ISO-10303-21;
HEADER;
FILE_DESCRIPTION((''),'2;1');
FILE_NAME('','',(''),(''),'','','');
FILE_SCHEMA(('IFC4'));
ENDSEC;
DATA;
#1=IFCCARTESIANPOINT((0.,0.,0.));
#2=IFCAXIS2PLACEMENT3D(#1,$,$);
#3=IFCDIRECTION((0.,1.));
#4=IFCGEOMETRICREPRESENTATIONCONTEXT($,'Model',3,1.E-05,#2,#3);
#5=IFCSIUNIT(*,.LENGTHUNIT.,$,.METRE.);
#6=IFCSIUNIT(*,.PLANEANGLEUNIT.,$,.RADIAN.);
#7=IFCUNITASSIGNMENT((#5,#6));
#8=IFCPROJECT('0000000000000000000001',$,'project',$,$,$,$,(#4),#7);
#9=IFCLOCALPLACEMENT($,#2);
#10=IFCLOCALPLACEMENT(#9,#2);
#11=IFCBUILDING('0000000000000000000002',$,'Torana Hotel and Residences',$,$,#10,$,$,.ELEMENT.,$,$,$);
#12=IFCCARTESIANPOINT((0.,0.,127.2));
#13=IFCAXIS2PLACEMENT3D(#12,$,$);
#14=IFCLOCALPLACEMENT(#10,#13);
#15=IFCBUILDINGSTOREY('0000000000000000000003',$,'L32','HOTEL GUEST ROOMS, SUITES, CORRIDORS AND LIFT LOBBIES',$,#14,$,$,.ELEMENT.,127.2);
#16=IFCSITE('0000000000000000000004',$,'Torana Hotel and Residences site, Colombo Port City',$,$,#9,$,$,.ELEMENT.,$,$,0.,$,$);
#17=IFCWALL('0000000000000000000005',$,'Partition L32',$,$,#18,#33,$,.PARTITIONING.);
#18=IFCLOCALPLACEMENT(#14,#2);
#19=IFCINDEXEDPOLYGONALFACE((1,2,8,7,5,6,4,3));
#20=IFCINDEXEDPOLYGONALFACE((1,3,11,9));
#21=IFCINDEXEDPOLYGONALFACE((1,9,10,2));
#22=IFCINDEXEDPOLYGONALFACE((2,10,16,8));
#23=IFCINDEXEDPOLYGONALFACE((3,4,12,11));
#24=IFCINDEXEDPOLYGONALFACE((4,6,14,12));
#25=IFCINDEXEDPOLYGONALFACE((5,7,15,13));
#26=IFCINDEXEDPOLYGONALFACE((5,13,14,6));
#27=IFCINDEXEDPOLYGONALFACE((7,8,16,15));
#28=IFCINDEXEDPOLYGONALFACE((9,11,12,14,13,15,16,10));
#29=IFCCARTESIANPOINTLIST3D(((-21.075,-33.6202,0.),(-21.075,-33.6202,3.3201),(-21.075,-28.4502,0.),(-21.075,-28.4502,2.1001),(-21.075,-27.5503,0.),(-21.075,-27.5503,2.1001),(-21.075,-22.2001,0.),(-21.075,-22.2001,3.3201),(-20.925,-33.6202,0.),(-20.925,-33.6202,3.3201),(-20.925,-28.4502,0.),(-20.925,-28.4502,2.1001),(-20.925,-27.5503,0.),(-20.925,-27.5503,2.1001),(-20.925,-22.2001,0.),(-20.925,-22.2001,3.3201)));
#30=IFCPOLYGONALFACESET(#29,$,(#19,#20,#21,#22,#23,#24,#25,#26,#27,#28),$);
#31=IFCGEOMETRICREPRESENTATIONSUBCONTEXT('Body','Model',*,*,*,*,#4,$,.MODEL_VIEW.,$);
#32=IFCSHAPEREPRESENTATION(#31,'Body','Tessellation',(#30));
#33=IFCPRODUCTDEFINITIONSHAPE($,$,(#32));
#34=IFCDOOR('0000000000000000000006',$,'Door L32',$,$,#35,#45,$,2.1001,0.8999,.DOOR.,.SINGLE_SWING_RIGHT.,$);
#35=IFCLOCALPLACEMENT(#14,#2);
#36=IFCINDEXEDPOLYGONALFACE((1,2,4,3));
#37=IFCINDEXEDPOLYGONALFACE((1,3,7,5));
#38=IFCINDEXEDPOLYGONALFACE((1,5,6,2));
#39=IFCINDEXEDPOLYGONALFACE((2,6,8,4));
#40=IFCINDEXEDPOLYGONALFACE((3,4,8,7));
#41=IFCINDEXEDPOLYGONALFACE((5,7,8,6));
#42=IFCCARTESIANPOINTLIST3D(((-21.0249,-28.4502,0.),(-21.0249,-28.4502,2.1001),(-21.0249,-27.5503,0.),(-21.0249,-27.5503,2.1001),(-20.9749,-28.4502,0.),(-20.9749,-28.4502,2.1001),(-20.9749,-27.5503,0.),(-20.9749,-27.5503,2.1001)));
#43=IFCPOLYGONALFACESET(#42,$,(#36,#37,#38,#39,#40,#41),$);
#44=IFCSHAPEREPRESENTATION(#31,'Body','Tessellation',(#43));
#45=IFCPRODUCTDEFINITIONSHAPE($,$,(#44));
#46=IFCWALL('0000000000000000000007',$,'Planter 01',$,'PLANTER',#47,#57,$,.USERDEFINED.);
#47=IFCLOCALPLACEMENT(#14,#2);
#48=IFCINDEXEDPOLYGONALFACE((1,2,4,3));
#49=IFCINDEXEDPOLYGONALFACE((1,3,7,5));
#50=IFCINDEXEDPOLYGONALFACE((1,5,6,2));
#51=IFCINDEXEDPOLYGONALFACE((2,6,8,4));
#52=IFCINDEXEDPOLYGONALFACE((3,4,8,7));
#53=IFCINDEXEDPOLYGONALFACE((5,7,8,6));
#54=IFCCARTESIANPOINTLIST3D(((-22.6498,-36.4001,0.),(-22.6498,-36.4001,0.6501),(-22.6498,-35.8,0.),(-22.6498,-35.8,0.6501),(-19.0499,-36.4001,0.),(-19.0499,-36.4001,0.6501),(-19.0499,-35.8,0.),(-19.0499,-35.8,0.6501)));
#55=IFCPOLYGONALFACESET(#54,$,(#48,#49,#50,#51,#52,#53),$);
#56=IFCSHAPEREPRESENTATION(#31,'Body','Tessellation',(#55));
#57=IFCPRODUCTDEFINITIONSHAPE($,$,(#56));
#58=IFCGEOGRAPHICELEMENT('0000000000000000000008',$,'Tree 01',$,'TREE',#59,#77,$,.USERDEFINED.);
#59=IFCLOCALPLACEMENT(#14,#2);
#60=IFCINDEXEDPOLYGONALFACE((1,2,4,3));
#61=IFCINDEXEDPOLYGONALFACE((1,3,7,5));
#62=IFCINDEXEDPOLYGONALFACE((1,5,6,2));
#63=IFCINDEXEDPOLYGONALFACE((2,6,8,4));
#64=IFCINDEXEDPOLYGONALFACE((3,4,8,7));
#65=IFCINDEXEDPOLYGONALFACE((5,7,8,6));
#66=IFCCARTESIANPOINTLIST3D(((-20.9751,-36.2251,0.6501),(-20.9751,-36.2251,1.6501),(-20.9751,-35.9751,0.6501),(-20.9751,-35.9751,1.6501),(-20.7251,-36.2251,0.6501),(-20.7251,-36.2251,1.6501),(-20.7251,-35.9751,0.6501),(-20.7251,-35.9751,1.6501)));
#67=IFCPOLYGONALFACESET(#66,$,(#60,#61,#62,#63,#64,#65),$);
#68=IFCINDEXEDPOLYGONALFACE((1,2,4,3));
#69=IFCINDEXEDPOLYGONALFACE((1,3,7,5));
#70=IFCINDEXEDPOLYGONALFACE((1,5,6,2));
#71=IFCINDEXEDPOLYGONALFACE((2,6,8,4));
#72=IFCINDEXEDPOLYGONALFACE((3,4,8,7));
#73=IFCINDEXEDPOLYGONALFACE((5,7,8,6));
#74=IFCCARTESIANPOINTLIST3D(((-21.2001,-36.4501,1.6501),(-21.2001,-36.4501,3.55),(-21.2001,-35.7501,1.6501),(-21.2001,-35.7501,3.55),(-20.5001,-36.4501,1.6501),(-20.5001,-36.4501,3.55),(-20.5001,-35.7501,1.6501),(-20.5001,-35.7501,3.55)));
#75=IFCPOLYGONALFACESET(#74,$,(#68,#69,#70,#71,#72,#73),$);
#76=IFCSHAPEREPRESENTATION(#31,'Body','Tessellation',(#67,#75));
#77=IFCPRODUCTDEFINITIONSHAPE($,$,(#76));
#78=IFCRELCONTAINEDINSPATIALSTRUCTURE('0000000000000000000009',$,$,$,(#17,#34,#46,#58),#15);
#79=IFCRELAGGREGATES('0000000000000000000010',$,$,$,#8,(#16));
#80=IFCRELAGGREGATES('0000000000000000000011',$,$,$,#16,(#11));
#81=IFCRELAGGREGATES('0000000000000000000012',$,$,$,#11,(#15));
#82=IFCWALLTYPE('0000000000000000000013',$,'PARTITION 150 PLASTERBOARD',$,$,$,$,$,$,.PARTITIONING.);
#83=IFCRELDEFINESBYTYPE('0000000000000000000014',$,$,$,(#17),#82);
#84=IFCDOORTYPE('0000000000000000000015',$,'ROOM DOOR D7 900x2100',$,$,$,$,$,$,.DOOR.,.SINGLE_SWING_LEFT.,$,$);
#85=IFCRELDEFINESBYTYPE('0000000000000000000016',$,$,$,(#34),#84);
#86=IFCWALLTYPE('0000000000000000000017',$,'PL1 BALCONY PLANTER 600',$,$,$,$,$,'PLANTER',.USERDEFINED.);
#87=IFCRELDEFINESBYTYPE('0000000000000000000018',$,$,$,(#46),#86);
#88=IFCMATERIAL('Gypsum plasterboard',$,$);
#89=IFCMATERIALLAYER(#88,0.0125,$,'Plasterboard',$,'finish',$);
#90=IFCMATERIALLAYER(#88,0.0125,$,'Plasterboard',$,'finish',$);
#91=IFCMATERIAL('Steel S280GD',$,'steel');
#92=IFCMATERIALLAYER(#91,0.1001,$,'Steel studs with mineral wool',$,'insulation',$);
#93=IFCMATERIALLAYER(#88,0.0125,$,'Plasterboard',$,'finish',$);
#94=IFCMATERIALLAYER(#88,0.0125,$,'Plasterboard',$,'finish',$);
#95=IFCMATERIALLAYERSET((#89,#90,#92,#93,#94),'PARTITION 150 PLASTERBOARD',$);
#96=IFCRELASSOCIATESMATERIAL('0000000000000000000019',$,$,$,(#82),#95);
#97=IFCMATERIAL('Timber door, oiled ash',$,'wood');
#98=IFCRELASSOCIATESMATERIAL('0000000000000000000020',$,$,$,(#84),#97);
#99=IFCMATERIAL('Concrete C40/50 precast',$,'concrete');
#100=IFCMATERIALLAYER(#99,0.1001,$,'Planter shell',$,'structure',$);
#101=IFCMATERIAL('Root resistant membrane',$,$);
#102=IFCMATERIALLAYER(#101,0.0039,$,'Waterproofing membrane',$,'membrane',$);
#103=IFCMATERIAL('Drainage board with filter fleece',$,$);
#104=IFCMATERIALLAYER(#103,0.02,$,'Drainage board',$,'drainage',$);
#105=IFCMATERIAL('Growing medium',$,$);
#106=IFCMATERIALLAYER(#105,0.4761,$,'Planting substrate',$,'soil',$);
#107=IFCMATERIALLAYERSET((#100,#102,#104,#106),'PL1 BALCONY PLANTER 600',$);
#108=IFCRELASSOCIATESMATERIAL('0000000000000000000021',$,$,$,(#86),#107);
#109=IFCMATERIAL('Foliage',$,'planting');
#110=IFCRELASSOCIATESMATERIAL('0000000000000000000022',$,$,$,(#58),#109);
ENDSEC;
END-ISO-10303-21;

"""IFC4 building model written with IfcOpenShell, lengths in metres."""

from ifc_helpers import new_model, si_unit, direction, frame, frame_2d, origin, origin_2d, place, context, subcontext, project, spatial, rectangle, extrude, material, layer, layer_set, type_object, element, fill, save


model = new_model("IFC4")

# Units and contexts
model_context = context("Model", 3, precision=1e-05, world=origin(), true_north=direction((0.0, 1.0)))
body_context = subcontext(model_context, "Body", "Model", "MODEL_VIEW")
ifc_project = project(units=[si_unit("LENGTHUNIT", "METRE"), si_unit("PLANEANGLEUNIT", "RADIAN")], contexts=[model_context])

# Site, building, storey
site_placement = place(None, origin())
site = spatial("IfcSite", under=ifc_project, at=site_placement, Name="Torana Hotel and Residences site, Colombo Port City", CompositionType="ELEMENT", RefElevation=0.0)
building_placement = place(site_placement, origin())
building = spatial("IfcBuilding", under=site, at=building_placement, Name="Torana Hotel and Residences", CompositionType="ELEMENT")
storey_placement = place(building_placement, frame((0.0, 0.0, 127.2)))
storey = spatial("IfcBuildingStorey", under=building, at=storey_placement, Name="L32", Description="HOTEL GUEST ROOMS, SUITES, CORRIDORS AND LIFT LOBBIES", CompositionType="ELEMENT", Elevation=127.2)

# Shared definitions
ifc_material_1 = material(Name="Steel S280GD", Category="steel")

# Wall, opening, door
ifc_material_2 = material(Name="Gypsum plasterboard")
ifc_layer_1 = layer(ifc_material_2, 0.0125, Name="Plasterboard", Category="finish")
ifc_layer_2 = layer(ifc_material_2, 0.0125, Name="Plasterboard", Category="finish")
ifc_layer_3 = layer(ifc_material_1, 0.1001, Name="Steel studs with mineral wool", Category="insulation")
ifc_layer_4 = layer(ifc_material_2, 0.0125, Name="Plasterboard", Category="finish")
ifc_layer_5 = layer(ifc_material_2, 0.0125, Name="Plasterboard", Category="finish")
ifc_layer_set_1 = layer_set([ifc_layer_1, ifc_layer_2, ifc_layer_3, ifc_layer_4, ifc_layer_5], Name="PARTITION 150 PLASTERBOARD")
wall_type_1 = type_object("IfcWallType", Name="PARTITION 150 PLASTERBOARD", PredefinedType="PARTITIONING", material=ifc_layer_set_1)
wall_1_placement = place(storey_placement, frame((-21.0, -33.6201, 0.0), z_axis=(0.0, 0.0, 1.0), x_axis=(0.0, 1.0, 0.0)))
wall_1 = element("IfcWall", 1, at=wall_1_placement, inside=storey, type_object=wall_type_1, Name="Partition L32", PredefinedType="PARTITIONING", context=body_context, shape_type="SweptSolid", body=[
    extrude(rectangle(XDim=11.4202, YDim=0.1499, at=frame_2d((5.71, 0.0))), origin(), (0.0, 0.0, 1.0), 3.3201),
])
opening_1_placement = place(wall_1_placement, frame((5.1699, 0.0, 0.0)))
opening_1 = element("IfcOpeningElement", 2, at=opening_1_placement, cuts=wall_1, PredefinedType="OPENING", context=body_context, shape_type="SweptSolid", body=[
    extrude(rectangle(XDim=0.8999, YDim=2.1001, at=frame_2d((0.45, 1.05))), frame((0.0, 0.085, 0.0), z_axis=(0.0, -1.0, 0.0), x_axis=(1.0, 0.0, 0.0)), (0.0, 0.0, 1.0), 0.1699),
])
ifc_material_3 = material(Name="Timber door, oiled ash", Category="wood")
door_type_1 = type_object("IfcDoorType", Name="ROOM DOOR D7 900x2100", OperationType="SINGLE_SWING_LEFT", PredefinedType="DOOR", material=ifc_material_3)
door_1_placement = place(opening_1_placement, origin())
door_1 = element("IfcDoor", 3, at=door_1_placement, inside=storey, type_object=door_type_1, Name="Door L32", OperationType="SINGLE_SWING_RIGHT", OverallHeight=2.1001, OverallWidth=0.8999, PredefinedType="DOOR", context=body_context, shape_type="SweptSolid", body=[
    extrude(rectangle(XDim=0.8999, YDim=2.1001, at=frame_2d((0.45, 1.05))), frame((0.0, 0.0249, 0.0), z_axis=(0.0, -1.0, 0.0), x_axis=(1.0, 0.0, 0.0)), (0.0, 0.0, 1.0), 0.05),
])
fill(opening_1, door_1)

# Wall
ifc_material_4 = material(Name="Concrete C40/50 precast", Category="concrete")
ifc_layer_6 = layer(ifc_material_4, 0.1001, Name="Planter shell", Category="structure")
ifc_material_5 = material(Name="Root resistant membrane")
ifc_layer_7 = layer(ifc_material_5, 0.0039, Name="Waterproofing membrane", Category="membrane")
ifc_material_6 = material(Name="Drainage board with filter fleece")
ifc_layer_8 = layer(ifc_material_6, 0.02, Name="Drainage board", Category="drainage")
ifc_material_7 = material(Name="Growing medium")
ifc_layer_9 = layer(ifc_material_7, 0.4761, Name="Planting substrate", Category="soil")
ifc_layer_set_2 = layer_set([ifc_layer_6, ifc_layer_7, ifc_layer_8, ifc_layer_9], Name="PL1 BALCONY PLANTER 600")
wall_type_2 = type_object("IfcWallType", Name="PL1 BALCONY PLANTER 600", ElementType="PLANTER", PredefinedType="USERDEFINED", material=ifc_layer_set_2)
wall_2_placement = place(storey_placement, frame((-19.05, -36.1001, 0.0), z_axis=(0.0, 0.0, 1.0), x_axis=(-1.0, 0.0, 0.0)))
element("IfcWall", 4, at=wall_2_placement, inside=storey, type_object=wall_type_2, Name="Planter 01", ObjectType="PLANTER", PredefinedType="USERDEFINED", context=body_context, shape_type="SweptSolid", body=[
    extrude(rectangle(XDim=3.5999, YDim=0.6001, at=frame_2d((1.7998, 0.0))), origin(), (0.0, 0.0, 1.0), 0.6501),
])

# Geographic element
ifc_material_8 = material(Name="Foliage", Category="planting")
geographic_element_placement = place(storey_placement, frame((-20.8501, -36.1001, 0.6501), z_axis=(0.0, 0.0, 1.0), x_axis=(1.0, 0.0, 0.0)))
element("IfcGeographicElement", 5, at=geographic_element_placement, inside=storey, material=ifc_material_8, Name="Tree 01", ObjectType="TREE", PredefinedType="USERDEFINED", context=body_context, shape_type="SweptSolid", body=[
    extrude(rectangle(XDim=0.25, YDim=0.25, at=origin_2d()), origin(), (0.0, 0.0, 1.0), 1.0),
    extrude(rectangle(XDim=0.7, YDim=0.7, at=origin_2d()), frame((0.0, 0.0, 1.0)), (0.0, 0.0, 1.0), 1.8999),
])

save(model, "model.ifc")
